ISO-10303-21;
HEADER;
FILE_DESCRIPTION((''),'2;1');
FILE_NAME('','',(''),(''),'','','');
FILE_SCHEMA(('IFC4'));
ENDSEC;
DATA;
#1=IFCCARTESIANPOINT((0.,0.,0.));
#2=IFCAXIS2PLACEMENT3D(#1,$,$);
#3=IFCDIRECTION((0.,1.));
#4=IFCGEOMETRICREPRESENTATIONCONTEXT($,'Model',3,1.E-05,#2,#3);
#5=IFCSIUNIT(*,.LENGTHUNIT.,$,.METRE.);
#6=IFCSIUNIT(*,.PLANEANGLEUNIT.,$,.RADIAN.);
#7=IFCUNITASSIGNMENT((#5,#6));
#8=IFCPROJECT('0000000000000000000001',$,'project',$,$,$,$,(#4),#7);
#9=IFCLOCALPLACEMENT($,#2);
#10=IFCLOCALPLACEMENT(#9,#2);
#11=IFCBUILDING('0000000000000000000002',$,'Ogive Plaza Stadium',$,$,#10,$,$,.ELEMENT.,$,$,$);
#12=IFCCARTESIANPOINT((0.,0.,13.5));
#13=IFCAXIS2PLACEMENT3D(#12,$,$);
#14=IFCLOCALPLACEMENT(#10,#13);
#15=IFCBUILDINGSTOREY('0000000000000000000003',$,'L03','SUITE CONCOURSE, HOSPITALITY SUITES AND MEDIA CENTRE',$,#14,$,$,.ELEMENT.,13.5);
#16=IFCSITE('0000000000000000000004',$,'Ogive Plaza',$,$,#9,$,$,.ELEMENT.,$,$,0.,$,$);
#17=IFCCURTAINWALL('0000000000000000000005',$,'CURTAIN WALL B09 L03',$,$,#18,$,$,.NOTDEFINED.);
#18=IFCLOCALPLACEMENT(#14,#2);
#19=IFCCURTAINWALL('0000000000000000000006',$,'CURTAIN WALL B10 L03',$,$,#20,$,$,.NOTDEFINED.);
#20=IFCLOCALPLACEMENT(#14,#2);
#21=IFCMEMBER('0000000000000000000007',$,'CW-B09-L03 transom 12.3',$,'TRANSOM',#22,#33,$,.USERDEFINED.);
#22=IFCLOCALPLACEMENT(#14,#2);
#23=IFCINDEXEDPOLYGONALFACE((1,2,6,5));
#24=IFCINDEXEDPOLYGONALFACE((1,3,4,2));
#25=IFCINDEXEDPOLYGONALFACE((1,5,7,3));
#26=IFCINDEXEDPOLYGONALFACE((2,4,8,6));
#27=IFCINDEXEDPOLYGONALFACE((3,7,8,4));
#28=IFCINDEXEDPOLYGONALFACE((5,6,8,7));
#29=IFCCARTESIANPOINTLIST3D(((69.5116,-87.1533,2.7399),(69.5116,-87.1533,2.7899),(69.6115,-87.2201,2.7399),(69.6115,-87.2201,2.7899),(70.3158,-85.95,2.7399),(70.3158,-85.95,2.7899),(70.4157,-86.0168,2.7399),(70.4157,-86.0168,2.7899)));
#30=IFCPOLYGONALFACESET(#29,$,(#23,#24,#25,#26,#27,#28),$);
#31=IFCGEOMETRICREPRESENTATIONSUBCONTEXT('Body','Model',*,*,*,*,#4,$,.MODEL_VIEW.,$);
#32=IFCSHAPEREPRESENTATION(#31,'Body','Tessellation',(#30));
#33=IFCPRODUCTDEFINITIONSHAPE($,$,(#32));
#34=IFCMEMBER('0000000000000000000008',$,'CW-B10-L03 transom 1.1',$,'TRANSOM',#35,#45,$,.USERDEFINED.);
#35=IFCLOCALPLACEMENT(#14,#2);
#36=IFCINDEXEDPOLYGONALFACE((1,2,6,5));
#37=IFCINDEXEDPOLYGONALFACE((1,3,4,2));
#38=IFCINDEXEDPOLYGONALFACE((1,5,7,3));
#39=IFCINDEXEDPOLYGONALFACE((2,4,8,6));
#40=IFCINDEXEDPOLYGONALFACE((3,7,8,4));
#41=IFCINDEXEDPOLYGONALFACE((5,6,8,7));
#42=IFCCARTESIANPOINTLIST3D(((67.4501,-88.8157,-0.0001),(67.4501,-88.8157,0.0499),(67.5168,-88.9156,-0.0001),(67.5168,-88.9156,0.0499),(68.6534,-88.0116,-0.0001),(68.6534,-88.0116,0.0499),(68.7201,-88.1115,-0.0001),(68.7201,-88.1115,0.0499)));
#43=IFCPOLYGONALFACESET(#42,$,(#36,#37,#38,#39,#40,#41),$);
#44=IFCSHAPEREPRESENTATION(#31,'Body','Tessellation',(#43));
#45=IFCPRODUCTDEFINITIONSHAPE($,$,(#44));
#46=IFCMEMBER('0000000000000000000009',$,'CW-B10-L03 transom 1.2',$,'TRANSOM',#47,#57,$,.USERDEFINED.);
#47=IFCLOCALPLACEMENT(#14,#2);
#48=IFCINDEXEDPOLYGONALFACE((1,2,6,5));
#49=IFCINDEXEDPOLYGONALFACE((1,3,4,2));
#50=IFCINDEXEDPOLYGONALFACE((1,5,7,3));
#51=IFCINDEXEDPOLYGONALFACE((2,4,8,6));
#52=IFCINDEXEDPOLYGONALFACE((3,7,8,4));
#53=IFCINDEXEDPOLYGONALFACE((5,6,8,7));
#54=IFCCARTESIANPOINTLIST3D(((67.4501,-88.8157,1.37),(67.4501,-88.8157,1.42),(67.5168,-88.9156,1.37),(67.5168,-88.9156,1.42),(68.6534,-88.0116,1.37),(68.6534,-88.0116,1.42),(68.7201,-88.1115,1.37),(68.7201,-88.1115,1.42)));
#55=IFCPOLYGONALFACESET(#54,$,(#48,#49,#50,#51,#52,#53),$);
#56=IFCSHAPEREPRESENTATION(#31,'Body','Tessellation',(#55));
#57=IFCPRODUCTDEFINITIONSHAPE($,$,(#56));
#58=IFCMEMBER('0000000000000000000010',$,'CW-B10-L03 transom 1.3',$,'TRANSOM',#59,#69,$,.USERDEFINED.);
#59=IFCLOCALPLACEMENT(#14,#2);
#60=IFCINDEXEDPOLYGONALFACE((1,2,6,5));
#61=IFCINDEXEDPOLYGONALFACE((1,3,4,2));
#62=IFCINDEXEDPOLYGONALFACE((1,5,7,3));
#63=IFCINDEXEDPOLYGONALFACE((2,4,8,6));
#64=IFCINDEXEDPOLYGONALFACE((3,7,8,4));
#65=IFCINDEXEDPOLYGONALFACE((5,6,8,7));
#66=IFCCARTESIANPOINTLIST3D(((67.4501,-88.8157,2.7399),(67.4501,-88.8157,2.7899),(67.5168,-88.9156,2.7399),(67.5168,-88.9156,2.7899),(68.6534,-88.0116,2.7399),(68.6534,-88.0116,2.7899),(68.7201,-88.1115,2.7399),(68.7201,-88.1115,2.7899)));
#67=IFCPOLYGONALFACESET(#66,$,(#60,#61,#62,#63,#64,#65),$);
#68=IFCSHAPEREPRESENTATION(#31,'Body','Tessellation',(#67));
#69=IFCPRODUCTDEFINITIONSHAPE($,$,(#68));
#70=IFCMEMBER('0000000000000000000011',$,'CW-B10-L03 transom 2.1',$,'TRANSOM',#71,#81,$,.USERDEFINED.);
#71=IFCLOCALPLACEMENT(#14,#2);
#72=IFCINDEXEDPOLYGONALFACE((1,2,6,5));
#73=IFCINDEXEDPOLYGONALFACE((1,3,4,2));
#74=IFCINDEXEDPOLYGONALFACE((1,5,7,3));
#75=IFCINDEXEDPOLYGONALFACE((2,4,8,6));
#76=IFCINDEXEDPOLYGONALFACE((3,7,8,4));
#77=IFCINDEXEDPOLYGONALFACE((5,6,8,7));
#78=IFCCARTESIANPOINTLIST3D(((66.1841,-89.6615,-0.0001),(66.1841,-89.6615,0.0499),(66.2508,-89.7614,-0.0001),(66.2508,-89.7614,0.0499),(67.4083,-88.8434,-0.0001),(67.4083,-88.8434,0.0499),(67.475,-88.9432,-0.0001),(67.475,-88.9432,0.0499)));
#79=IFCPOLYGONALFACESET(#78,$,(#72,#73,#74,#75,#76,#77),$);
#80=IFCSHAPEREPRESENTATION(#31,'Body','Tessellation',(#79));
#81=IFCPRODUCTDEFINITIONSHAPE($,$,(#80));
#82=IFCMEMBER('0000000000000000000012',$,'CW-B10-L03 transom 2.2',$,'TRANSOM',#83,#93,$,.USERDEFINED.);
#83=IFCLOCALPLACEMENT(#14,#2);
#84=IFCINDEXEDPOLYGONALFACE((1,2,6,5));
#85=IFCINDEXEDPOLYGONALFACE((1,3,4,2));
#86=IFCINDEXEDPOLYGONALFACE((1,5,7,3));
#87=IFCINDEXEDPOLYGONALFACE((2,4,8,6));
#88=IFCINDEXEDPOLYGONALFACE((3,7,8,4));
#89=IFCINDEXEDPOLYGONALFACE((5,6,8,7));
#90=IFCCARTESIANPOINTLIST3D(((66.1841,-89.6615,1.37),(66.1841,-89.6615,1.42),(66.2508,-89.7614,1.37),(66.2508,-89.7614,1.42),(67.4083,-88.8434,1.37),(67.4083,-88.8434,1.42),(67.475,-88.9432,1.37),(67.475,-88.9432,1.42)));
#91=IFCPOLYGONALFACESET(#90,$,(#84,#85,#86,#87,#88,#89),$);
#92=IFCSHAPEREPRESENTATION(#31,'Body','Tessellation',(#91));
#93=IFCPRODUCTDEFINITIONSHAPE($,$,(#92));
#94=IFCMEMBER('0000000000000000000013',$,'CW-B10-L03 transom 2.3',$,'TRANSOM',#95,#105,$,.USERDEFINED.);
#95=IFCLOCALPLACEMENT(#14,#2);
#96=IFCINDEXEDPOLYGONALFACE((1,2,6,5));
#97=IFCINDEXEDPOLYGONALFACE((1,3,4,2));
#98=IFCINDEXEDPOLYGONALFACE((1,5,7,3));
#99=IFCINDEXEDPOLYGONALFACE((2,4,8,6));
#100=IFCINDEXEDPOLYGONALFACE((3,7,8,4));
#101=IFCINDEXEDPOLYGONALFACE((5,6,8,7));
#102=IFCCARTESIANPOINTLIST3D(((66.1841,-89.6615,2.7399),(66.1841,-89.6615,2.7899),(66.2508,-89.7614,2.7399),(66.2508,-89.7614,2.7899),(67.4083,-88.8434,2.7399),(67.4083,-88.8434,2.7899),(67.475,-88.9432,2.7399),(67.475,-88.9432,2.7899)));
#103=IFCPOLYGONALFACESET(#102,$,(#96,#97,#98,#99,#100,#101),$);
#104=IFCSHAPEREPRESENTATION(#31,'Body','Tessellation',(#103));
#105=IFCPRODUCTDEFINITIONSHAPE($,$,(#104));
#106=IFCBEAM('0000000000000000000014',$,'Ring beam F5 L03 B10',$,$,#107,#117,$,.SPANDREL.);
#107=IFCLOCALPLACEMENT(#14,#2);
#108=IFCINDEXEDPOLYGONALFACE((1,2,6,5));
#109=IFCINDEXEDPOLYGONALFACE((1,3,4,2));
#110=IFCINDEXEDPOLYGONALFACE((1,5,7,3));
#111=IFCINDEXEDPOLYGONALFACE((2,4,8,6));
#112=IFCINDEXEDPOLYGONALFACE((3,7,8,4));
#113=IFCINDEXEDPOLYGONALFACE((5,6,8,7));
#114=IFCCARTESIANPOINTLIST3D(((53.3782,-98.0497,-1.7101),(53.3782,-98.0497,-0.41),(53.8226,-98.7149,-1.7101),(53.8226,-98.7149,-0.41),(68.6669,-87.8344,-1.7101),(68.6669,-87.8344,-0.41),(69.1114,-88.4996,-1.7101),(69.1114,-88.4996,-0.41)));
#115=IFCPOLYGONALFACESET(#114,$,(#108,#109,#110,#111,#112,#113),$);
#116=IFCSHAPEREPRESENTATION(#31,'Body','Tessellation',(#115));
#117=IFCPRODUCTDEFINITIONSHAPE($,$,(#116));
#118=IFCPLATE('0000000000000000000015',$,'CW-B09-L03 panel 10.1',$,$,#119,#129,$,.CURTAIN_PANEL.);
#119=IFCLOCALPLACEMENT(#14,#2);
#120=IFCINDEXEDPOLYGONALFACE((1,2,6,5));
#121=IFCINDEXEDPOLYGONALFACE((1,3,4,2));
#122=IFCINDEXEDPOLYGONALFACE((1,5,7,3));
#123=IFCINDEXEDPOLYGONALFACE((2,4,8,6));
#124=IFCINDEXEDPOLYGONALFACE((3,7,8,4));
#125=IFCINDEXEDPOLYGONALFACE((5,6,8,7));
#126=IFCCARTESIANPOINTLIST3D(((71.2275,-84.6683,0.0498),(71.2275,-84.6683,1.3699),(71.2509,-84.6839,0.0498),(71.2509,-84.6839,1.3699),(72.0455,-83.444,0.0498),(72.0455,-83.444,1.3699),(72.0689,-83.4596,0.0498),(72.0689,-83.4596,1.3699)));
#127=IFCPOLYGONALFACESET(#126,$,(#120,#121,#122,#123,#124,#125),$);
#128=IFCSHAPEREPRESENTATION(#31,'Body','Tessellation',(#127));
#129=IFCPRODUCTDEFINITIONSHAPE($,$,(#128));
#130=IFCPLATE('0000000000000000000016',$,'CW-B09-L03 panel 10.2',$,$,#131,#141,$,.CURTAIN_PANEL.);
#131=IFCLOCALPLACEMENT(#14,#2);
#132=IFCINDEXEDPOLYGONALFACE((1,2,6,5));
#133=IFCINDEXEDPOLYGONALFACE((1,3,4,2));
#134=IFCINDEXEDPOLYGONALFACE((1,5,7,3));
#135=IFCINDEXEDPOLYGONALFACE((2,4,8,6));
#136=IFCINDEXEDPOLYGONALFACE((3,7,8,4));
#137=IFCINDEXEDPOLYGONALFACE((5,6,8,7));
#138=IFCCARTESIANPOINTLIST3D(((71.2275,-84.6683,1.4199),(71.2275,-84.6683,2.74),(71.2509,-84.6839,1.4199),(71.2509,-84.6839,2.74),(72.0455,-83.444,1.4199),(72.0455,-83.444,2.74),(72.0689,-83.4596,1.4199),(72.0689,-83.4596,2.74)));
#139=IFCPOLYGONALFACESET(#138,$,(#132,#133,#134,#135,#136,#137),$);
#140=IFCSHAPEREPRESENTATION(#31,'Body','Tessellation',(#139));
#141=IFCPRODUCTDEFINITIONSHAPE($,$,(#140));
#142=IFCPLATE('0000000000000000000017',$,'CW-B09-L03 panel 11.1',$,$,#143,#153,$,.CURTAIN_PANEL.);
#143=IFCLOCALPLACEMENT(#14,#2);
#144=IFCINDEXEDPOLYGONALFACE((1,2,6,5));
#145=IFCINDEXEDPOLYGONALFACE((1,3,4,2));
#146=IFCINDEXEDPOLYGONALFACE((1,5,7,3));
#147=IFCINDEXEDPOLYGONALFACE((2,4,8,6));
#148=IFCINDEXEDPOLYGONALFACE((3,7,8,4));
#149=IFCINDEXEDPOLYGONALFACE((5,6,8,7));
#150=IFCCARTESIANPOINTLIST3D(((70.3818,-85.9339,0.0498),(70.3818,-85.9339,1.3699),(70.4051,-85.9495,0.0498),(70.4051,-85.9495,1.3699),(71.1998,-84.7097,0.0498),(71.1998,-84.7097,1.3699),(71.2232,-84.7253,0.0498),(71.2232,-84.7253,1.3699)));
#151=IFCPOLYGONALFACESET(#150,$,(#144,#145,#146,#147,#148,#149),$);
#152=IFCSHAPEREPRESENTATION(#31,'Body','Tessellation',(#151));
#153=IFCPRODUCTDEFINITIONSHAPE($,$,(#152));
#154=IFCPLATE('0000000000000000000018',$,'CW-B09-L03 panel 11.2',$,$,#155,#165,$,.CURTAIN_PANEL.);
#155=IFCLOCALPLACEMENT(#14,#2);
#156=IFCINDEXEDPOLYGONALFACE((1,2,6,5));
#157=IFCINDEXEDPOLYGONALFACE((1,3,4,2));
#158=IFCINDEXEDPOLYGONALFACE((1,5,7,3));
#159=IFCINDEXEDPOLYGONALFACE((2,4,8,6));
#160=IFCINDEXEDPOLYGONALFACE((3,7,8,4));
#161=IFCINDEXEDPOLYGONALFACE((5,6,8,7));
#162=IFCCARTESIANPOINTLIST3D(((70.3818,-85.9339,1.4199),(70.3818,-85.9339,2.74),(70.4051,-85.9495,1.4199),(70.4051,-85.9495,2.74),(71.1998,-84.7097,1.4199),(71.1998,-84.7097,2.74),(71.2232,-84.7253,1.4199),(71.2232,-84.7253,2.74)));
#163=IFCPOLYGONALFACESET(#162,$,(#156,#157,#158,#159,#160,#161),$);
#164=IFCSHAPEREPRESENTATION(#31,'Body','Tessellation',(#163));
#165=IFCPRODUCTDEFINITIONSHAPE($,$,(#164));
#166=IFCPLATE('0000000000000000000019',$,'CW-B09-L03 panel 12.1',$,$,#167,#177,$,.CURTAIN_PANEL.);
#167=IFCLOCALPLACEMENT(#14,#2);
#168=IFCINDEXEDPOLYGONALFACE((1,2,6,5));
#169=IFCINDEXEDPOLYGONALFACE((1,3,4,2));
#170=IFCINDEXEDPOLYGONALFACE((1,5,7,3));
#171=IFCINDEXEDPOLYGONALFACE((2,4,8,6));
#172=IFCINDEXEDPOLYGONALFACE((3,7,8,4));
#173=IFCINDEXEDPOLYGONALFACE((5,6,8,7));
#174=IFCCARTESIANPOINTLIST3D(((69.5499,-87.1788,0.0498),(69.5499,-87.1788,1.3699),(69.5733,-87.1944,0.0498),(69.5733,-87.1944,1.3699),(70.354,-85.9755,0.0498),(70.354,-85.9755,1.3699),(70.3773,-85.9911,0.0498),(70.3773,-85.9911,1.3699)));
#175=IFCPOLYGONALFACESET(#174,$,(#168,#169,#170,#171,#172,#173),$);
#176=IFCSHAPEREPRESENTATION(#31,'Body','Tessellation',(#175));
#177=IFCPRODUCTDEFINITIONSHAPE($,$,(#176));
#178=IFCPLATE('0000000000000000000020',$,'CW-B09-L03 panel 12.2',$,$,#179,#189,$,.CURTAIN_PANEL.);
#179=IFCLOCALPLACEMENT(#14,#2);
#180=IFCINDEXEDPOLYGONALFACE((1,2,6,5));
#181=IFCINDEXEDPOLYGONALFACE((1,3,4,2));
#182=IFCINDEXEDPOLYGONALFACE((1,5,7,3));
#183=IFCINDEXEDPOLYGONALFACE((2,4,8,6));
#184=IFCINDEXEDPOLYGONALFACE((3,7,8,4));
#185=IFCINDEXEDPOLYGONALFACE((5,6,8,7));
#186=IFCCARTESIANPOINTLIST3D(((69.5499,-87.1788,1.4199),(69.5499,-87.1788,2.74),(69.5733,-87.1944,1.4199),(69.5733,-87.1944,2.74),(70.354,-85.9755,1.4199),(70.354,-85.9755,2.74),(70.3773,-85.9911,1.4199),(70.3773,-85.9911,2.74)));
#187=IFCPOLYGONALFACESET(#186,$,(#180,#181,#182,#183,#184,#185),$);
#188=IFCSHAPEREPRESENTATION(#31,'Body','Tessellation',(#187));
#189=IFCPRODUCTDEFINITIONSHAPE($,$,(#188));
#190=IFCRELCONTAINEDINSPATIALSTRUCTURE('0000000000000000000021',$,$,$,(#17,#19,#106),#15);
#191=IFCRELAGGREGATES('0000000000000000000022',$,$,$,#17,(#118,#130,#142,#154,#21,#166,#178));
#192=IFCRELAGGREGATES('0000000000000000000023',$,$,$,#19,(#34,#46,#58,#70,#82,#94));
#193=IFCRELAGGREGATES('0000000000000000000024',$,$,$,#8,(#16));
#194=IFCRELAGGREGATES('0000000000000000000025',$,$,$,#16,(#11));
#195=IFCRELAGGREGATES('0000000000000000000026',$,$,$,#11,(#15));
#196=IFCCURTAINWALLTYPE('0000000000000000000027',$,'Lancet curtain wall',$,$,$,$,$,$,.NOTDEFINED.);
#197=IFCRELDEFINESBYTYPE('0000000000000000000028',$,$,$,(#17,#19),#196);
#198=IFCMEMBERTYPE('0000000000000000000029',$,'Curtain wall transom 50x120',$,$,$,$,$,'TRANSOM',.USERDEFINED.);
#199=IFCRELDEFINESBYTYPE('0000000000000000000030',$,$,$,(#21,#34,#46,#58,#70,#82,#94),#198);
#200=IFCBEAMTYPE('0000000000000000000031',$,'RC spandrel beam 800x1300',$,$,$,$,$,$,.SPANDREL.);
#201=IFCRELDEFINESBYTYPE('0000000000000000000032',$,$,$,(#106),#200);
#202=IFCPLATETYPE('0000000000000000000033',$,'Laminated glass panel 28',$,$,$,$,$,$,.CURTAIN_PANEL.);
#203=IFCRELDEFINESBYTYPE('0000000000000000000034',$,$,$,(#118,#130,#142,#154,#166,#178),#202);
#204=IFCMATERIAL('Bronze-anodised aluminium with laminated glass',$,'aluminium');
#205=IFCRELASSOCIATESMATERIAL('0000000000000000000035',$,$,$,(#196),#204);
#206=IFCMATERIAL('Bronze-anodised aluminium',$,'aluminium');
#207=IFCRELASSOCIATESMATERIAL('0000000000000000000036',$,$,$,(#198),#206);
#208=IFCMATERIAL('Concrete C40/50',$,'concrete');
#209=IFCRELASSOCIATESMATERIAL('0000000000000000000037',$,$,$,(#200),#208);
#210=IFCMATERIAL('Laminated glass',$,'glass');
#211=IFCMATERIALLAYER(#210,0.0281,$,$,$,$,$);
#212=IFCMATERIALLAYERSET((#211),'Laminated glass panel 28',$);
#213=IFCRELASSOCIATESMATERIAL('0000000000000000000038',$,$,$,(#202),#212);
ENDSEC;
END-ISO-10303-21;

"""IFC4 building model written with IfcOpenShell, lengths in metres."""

from ifc_helpers import new_model, si_unit, direction, frame, origin, origin_2d, place, context, subcontext, project, spatial, rectangle, extrude, material, layer, layer_set, material_profile, profile_set, type_object, element, aggregate, save


model = new_model("IFC4")

# Units and contexts
model_context = context("Model", 3, precision=1e-05, world=origin(), true_north=direction((0.0, 1.0)))
body_context = subcontext(model_context, "Body", "Model", "MODEL_VIEW")
ifc_project = project(units=[si_unit("LENGTHUNIT", "METRE"), si_unit("PLANEANGLEUNIT", "RADIAN")], contexts=[model_context])

# Site, building, storey
site_placement = place(None, origin())
site = spatial("IfcSite", under=ifc_project, at=site_placement, Name="Ogive Plaza", CompositionType="ELEMENT", RefElevation=0.0)
building_placement = place(site_placement, origin())
building = spatial("IfcBuilding", under=site, at=building_placement, Name="Ogive Plaza Stadium", CompositionType="ELEMENT")
storey_placement = place(building_placement, frame((0.0, 0.0, 13.5)))
storey = spatial("IfcBuildingStorey", under=building, at=storey_placement, Name="L03", Description="SUITE CONCOURSE, HOSPITALITY SUITES AND MEDIA CENTRE", CompositionType="ELEMENT", Elevation=13.5)

# Curtain walls
ifc_material_1 = material(Name="Bronze-anodised aluminium with laminated glass", Category="aluminium")
curtain_wall_type = type_object("IfcCurtainWallType", Name="Lancet curtain wall", PredefinedType="NOTDEFINED", material=ifc_material_1)
curtain_wall_1_placement = place(storey_placement, origin())
curtain_wall_1 = element("IfcCurtainWall", 1, at=curtain_wall_1_placement, inside=storey, type_object=curtain_wall_type, Name="CURTAIN WALL B09 L03", PredefinedType="NOTDEFINED")
curtain_wall_2_placement = place(storey_placement, origin())
curtain_wall_2 = element("IfcCurtainWall", 2, at=curtain_wall_2_placement, inside=storey, type_object=curtain_wall_type, Name="CURTAIN WALL B10 L03", PredefinedType="NOTDEFINED")

# Members
ifc_material_2 = material(Name="Bronze-anodised aluminium", Category="aluminium")
ifc_material_profile_1 = material_profile(ifc_material_2, rectangle(XDim=0.1201, YDim=0.05, at=origin_2d()), Name="AL 120x50")
ifc_profile_set_1 = profile_set([ifc_material_profile_1], Name="Bronze-anodised aluminium")
member_type_1 = type_object("IfcMemberType", Name="Curtain wall transom 50x120", ElementType="TRANSOM", PredefinedType="USERDEFINED", material=ifc_profile_set_1)
member_1_placement = place(storey_placement, frame((70.3657, -85.9834, 2.7649), z_axis=(-0.555634, -0.831427, 0.0), x_axis=(0.831427, -0.555634, 0.0)))
member_1 = element("IfcMember", 3, at=member_1_placement, type_object=member_type_1, Name="CW-B09-L03 transom 12.3", ObjectType="TRANSOM", PredefinedType="USERDEFINED", context=body_context, shape_type="SweptSolid", body=[
    extrude(rectangle(XDim=0.1201, YDim=0.05, at=origin_2d()), origin(), (0.0, 0.0, 1.0), 1.4473),
])
member_2_placement = place(storey_placement, frame((68.6868, -88.0615, 0.0249), z_axis=(-0.831427, -0.555634, 0.0), x_axis=(0.555634, -0.831427, 0.0)))
member_2 = element("IfcMember", 4, at=member_2_placement, type_object=member_type_1, Name="CW-B10-L03 transom 1.1", ObjectType="TRANSOM", PredefinedType="USERDEFINED", context=body_context, shape_type="SweptSolid", body=[
    extrude(rectangle(XDim=0.1201, YDim=0.05, at=origin_2d()), origin(), (0.0, 0.0, 1.0), 1.4473),
])
member_3_placement = place(storey_placement, frame((68.6868, -88.0615, 1.395), z_axis=(-0.831427, -0.555634, 0.0), x_axis=(0.555634, -0.831427, 0.0)))
member_3 = element("IfcMember", 5, at=member_3_placement, type_object=member_type_1, Name="CW-B10-L03 transom 1.2", ObjectType="TRANSOM", PredefinedType="USERDEFINED", context=body_context, shape_type="SweptSolid", body=[
    extrude(rectangle(XDim=0.1201, YDim=0.05, at=origin_2d()), origin(), (0.0, 0.0, 1.0), 1.4473),
])
member_4_placement = place(storey_placement, frame((68.6868, -88.0615, 2.7649), z_axis=(-0.831427, -0.555634, 0.0), x_axis=(0.555634, -0.831427, 0.0)))
member_4 = element("IfcMember", 6, at=member_4_placement, type_object=member_type_1, Name="CW-B10-L03 transom 1.3", ObjectType="TRANSOM", PredefinedType="USERDEFINED", context=body_context, shape_type="SweptSolid", body=[
    extrude(rectangle(XDim=0.1201, YDim=0.05, at=origin_2d()), origin(), (0.0, 0.0, 1.0), 1.4473),
])
member_5_placement = place(storey_placement, frame((67.4417, -88.8933, 0.0249), z_axis=(-0.831412, -0.555656, 0.0), x_axis=(0.555656, -0.831412, 0.0)))
member_5 = element("IfcMember", 7, at=member_5_placement, type_object=member_type_1, Name="CW-B10-L03 transom 2.1", ObjectType="TRANSOM", PredefinedType="USERDEFINED", context=body_context, shape_type="SweptSolid", body=[
    extrude(rectangle(XDim=0.1201, YDim=0.05, at=origin_2d()), origin(), (0.0, 0.0, 1.0), 1.4724),
])
member_6_placement = place(storey_placement, frame((67.4417, -88.8933, 1.395), z_axis=(-0.831412, -0.555656, 0.0), x_axis=(0.555656, -0.831412, 0.0)))
member_6 = element("IfcMember", 8, at=member_6_placement, type_object=member_type_1, Name="CW-B10-L03 transom 2.2", ObjectType="TRANSOM", PredefinedType="USERDEFINED", context=body_context, shape_type="SweptSolid", body=[
    extrude(rectangle(XDim=0.1201, YDim=0.05, at=origin_2d()), origin(), (0.0, 0.0, 1.0), 1.4724),
])
member_7_placement = place(storey_placement, frame((67.4417, -88.8933, 2.7649), z_axis=(-0.831412, -0.555656, 0.0), x_axis=(0.555656, -0.831412, 0.0)))
member_7 = element("IfcMember", 9, at=member_7_placement, type_object=member_type_1, Name="CW-B10-L03 transom 2.3", ObjectType="TRANSOM", PredefinedType="USERDEFINED", context=body_context, shape_type="SweptSolid", body=[
    extrude(rectangle(XDim=0.1201, YDim=0.05, at=origin_2d()), origin(), (0.0, 0.0, 1.0), 1.4724),
])

# Beam
ifc_material_3 = material(Name="Concrete C40/50", Category="concrete")
ifc_material_profile_2 = material_profile(ifc_material_3, rectangle(XDim=0.8, YDim=1.3, at=origin_2d()), Name="RC 800x1300")
ifc_profile_set_2 = profile_set([ifc_material_profile_2], Name="Concrete C40/50")
beam_type = type_object("IfcBeamType", Name="RC spandrel beam 800x1300", PredefinedType="SPANDREL", material=ifc_profile_set_2)
beam_placement = place(storey_placement, frame((68.8892, -88.167, -1.0601), z_axis=(-0.831478, -0.555558, 0.0), x_axis=(0.555558, -0.831478, 0.0)))
element("IfcBeam", 10, at=beam_placement, inside=storey, type_object=beam_type, Name="Ring beam F5 L03 B10", PredefinedType="SPANDREL", context=body_context, shape_type="SweptSolid", body=[
    extrude(rectangle(XDim=0.8, YDim=1.3, at=origin_2d()), origin(), (0.0, 0.0, 1.0), 18.3875),
])

# Plates
ifc_material_4 = material(Name="Laminated glass", Category="glass")
ifc_layer = layer(ifc_material_4, 0.0281)
ifc_layer_set = layer_set([ifc_layer], Name="Laminated glass panel 28")
plate_type = type_object("IfcPlateType", Name="Laminated glass panel 28", PredefinedType="CURTAIN_PANEL", material=ifc_layer_set)
plate_1_placement = place(storey_placement, frame((71.6482, -84.064, 0.0498), z_axis=(0.0, 0.0, 1.0), x_axis=(-0.55557, -0.83147, 0.0)))
plate_1 = element("IfcPlate", 11, at=plate_1_placement, type_object=plate_type, Name="CW-B09-L03 panel 10.1", PredefinedType="CURTAIN_PANEL", context=body_context, shape_type="SweptSolid", body=[
    extrude(rectangle(XDim=1.4724, YDim=0.0281, at=origin_2d()), origin(), (0.0, 0.0, 1.0), 1.3201),
])
plate_2_placement = place(storey_placement, frame((71.6482, -84.064, 1.4199), z_axis=(0.0, 0.0, 1.0), x_axis=(-0.55557, -0.83147, 0.0)))
plate_2 = element("IfcPlate", 12, at=plate_2_placement, type_object=plate_type, Name="CW-B09-L03 panel 10.2", PredefinedType="CURTAIN_PANEL", context=body_context, shape_type="SweptSolid", body=[
    extrude(rectangle(XDim=1.4724, YDim=0.0281, at=origin_2d()), origin(), (0.0, 0.0, 1.0), 1.3201),
])
plate_3_placement = place(storey_placement, frame((70.8025, -85.3296, 0.0498), z_axis=(0.0, 0.0, 1.0), x_axis=(-0.55557, -0.83147, 0.0)))
plate_3 = element("IfcPlate", 13, at=plate_3_placement, type_object=plate_type, Name="CW-B09-L03 panel 11.1", PredefinedType="CURTAIN_PANEL", context=body_context, shape_type="SweptSolid", body=[
    extrude(rectangle(XDim=1.4724, YDim=0.0281, at=origin_2d()), origin(), (0.0, 0.0, 1.0), 1.3201),
])
plate_4_placement = place(storey_placement, frame((70.8025, -85.3296, 1.4199), z_axis=(0.0, 0.0, 1.0), x_axis=(-0.55557, -0.83147, 0.0)))
plate_4 = element("IfcPlate", 14, at=plate_4_placement, type_object=plate_type, Name="CW-B09-L03 panel 11.2", PredefinedType="CURTAIN_PANEL", context=body_context, shape_type="SweptSolid", body=[
    extrude(rectangle(XDim=1.4724, YDim=0.0281, at=origin_2d()), origin(), (0.0, 0.0, 1.0), 1.3201),
])
plate_5_placement = place(storey_placement, frame((69.9636, -86.585, 0.0498), z_axis=(0.0, 0.0, 1.0), x_axis=(-0.55557, -0.83147, 0.0)))
plate_5 = element("IfcPlate", 15, at=plate_5_placement, type_object=plate_type, Name="CW-B09-L03 panel 12.1", PredefinedType="CURTAIN_PANEL", context=body_context, shape_type="SweptSolid", body=[
    extrude(rectangle(XDim=1.4473, YDim=0.0281, at=origin_2d()), origin(), (0.0, 0.0, 1.0), 1.3201),
])
plate_6_placement = place(storey_placement, frame((69.9636, -86.585, 1.4199), z_axis=(0.0, 0.0, 1.0), x_axis=(-0.55557, -0.83147, 0.0)))
plate_6 = element("IfcPlate", 16, at=plate_6_placement, type_object=plate_type, Name="CW-B09-L03 panel 12.2", PredefinedType="CURTAIN_PANEL", context=body_context, shape_type="SweptSolid", body=[
    extrude(rectangle(XDim=1.4473, YDim=0.0281, at=origin_2d()), origin(), (0.0, 0.0, 1.0), 1.3201),
])
aggregate(curtain_wall_1, [plate_1, plate_2, plate_3, plate_4, member_1, plate_5, plate_6])
aggregate(curtain_wall_2, [member_2, member_3, member_4, member_5, member_6, member_7])

save(model, "model.ifc")
